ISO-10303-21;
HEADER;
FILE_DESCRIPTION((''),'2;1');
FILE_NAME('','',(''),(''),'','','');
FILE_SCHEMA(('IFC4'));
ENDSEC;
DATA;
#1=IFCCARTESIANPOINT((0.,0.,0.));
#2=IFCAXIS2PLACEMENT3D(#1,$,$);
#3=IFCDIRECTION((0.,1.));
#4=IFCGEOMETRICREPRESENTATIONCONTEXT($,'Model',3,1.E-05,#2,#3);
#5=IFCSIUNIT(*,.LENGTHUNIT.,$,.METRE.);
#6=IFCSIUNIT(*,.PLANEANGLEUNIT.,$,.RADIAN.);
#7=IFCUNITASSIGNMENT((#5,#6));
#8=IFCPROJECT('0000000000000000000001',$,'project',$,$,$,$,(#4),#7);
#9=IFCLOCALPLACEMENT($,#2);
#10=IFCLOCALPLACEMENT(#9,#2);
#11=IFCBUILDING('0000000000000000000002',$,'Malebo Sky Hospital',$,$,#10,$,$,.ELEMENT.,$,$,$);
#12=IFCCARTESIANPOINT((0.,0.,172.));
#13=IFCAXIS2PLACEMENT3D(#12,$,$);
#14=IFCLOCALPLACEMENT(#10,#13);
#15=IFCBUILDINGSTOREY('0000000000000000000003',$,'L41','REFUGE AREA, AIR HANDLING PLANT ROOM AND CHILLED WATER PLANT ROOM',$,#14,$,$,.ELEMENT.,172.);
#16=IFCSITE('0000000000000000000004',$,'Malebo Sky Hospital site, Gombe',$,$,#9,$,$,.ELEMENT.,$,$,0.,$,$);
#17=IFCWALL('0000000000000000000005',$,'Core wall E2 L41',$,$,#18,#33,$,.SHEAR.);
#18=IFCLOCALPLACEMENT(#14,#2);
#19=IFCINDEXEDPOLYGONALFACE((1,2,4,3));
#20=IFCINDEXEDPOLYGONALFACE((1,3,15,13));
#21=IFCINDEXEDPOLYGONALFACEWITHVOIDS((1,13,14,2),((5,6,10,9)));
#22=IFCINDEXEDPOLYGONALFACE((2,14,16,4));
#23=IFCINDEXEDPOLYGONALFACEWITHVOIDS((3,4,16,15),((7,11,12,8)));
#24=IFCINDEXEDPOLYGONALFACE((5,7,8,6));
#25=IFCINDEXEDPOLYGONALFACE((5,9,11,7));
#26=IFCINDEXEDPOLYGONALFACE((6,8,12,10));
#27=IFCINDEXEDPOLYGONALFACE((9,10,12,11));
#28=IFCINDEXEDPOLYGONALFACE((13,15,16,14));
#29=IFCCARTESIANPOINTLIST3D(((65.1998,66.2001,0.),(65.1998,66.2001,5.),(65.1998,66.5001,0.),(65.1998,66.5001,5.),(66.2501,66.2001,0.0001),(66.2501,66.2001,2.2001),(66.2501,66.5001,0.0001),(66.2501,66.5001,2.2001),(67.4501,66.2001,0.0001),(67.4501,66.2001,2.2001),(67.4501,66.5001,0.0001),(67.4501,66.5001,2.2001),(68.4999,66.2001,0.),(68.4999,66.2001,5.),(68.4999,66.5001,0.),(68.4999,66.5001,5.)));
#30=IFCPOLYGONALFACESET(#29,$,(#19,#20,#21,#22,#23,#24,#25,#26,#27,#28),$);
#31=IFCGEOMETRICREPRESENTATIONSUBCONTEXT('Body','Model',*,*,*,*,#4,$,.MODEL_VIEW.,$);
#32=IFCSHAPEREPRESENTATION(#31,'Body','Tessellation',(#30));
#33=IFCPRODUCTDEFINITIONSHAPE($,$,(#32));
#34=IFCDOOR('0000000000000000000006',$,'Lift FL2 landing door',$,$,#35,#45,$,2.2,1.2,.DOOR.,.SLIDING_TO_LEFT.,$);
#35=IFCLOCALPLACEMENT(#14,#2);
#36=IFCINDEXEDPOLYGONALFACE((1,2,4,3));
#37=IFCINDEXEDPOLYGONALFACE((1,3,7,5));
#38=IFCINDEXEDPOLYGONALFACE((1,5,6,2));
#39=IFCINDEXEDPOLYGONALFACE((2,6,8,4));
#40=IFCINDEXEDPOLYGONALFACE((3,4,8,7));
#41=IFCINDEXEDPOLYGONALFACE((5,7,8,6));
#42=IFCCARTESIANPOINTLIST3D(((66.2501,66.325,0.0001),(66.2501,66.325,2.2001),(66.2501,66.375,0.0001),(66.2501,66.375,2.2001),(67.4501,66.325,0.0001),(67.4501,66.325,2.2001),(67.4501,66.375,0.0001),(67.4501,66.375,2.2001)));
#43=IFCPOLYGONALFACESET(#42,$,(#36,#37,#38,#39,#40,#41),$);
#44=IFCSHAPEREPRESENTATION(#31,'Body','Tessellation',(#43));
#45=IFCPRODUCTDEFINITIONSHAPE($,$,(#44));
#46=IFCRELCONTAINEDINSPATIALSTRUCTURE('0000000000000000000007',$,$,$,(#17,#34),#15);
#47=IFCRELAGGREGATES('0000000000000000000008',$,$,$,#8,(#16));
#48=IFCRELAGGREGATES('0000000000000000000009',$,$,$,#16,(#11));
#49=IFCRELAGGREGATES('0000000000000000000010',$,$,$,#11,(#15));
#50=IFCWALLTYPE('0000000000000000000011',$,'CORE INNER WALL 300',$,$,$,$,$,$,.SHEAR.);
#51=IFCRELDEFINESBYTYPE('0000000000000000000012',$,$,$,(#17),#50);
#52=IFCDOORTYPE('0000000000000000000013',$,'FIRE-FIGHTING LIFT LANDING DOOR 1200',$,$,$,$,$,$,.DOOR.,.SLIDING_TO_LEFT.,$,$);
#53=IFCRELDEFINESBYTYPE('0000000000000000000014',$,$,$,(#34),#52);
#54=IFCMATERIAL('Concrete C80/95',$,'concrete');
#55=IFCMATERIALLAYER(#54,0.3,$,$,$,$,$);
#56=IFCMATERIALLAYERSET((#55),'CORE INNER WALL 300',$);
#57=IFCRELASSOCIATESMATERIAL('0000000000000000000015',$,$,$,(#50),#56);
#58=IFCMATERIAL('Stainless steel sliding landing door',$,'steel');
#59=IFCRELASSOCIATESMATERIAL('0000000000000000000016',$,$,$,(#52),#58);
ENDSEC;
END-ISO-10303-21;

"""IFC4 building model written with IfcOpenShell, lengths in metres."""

from ifc_helpers import new_model, si_unit, direction, frame, frame_2d, origin, place, context, subcontext, project, spatial, rectangle, extrude, material, layer, layer_set, type_object, element, fill, save


model = new_model("IFC4")

# Units and contexts
model_context = context("Model", 3, precision=1e-05, world=origin(), true_north=direction((0.0, 1.0)))
body_context = subcontext(model_context, "Body", "Model", "MODEL_VIEW")
ifc_project = project(units=[si_unit("LENGTHUNIT", "METRE"), si_unit("PLANEANGLEUNIT", "RADIAN")], contexts=[model_context])

# Site, building, storey
site_placement = place(None, origin())
site = spatial("IfcSite", under=ifc_project, at=site_placement, Name="Malebo Sky Hospital site, Gombe", CompositionType="ELEMENT", RefElevation=0.0)
building_placement = place(site_placement, origin())
building = spatial("IfcBuilding", under=site, at=building_placement, Name="Malebo Sky Hospital", CompositionType="ELEMENT")
storey_placement = place(building_placement, frame((0.0, 0.0, 172.0)))
storey = spatial("IfcBuildingStorey", under=building, at=storey_placement, Name="L41", Description="REFUGE AREA, AIR HANDLING PLANT ROOM AND CHILLED WATER PLANT ROOM", CompositionType="ELEMENT", Elevation=172.0)

# Shared definitions
ifc_material_1 = material(Name="Concrete C80/95", Category="concrete")

# Wall, opening, door
ifc_layer_1 = layer(ifc_material_1, 0.3)
ifc_layer_set_1 = layer_set([ifc_layer_1], Name="CORE INNER WALL 300")
wall_type_1 = type_object("IfcWallType", Name="CORE INNER WALL 300", PredefinedType="SHEAR", material=ifc_layer_set_1)
wall_1_placement = place(storey_placement, frame((65.2, 66.3501, 0.0), z_axis=(0.0, 0.0, 1.0), x_axis=(1.0, 0.0, 0.0)))
wall_1 = element("IfcWall", 1, at=wall_1_placement, inside=storey, type_object=wall_type_1, Name="Core wall E2 L41", PredefinedType="SHEAR", context=body_context, shape_type="SweptSolid", body=[
    extrude(rectangle(XDim=3.3, YDim=0.3, at=frame_2d((1.6499, 0.0))), origin(), (0.0, 0.0, 1.0), 5.0),
])
opening_1_placement = place(wall_1_placement, frame((1.05, 0.0, 0.0)))
opening_1 = element("IfcOpeningElement", 2, at=opening_1_placement, cuts=wall_1, PredefinedType="OPENING", context=body_context, shape_type="SweptSolid", body=[
    extrude(rectangle(XDim=1.2, YDim=2.2, at=frame_2d((0.6001, 1.1001))), frame((0.0, 0.1599, 0.0), z_axis=(0.0, -1.0, 0.0), x_axis=(1.0, 0.0, 0.0)), (0.0, 0.0, 1.0), 0.3201),
])
ifc_material_2 = material(Name="Stainless steel sliding landing door", Category="steel")
door_type_1 = type_object("IfcDoorType", Name="FIRE-FIGHTING LIFT LANDING DOOR 1200", OperationType="SLIDING_TO_LEFT", PredefinedType="DOOR", material=ifc_material_2)
door_1_placement = place(opening_1_placement, origin())
door_1 = element("IfcDoor", 3, at=door_1_placement, inside=storey, type_object=door_type_1, Name="Lift FL2 landing door", OperationType="SLIDING_TO_LEFT", OverallHeight=2.2, OverallWidth=1.2, PredefinedType="DOOR", context=body_context, shape_type="SweptSolid", body=[
    extrude(rectangle(XDim=1.2, YDim=2.2, at=frame_2d((0.6001, 1.1001))), frame((0.0, 0.0249, 0.0), z_axis=(0.0, -1.0, 0.0), x_axis=(1.0, 0.0, 0.0)), (0.0, 0.0, 1.0), 0.05),
])
fill(opening_1, door_1)

save(model, "model.ifc")
